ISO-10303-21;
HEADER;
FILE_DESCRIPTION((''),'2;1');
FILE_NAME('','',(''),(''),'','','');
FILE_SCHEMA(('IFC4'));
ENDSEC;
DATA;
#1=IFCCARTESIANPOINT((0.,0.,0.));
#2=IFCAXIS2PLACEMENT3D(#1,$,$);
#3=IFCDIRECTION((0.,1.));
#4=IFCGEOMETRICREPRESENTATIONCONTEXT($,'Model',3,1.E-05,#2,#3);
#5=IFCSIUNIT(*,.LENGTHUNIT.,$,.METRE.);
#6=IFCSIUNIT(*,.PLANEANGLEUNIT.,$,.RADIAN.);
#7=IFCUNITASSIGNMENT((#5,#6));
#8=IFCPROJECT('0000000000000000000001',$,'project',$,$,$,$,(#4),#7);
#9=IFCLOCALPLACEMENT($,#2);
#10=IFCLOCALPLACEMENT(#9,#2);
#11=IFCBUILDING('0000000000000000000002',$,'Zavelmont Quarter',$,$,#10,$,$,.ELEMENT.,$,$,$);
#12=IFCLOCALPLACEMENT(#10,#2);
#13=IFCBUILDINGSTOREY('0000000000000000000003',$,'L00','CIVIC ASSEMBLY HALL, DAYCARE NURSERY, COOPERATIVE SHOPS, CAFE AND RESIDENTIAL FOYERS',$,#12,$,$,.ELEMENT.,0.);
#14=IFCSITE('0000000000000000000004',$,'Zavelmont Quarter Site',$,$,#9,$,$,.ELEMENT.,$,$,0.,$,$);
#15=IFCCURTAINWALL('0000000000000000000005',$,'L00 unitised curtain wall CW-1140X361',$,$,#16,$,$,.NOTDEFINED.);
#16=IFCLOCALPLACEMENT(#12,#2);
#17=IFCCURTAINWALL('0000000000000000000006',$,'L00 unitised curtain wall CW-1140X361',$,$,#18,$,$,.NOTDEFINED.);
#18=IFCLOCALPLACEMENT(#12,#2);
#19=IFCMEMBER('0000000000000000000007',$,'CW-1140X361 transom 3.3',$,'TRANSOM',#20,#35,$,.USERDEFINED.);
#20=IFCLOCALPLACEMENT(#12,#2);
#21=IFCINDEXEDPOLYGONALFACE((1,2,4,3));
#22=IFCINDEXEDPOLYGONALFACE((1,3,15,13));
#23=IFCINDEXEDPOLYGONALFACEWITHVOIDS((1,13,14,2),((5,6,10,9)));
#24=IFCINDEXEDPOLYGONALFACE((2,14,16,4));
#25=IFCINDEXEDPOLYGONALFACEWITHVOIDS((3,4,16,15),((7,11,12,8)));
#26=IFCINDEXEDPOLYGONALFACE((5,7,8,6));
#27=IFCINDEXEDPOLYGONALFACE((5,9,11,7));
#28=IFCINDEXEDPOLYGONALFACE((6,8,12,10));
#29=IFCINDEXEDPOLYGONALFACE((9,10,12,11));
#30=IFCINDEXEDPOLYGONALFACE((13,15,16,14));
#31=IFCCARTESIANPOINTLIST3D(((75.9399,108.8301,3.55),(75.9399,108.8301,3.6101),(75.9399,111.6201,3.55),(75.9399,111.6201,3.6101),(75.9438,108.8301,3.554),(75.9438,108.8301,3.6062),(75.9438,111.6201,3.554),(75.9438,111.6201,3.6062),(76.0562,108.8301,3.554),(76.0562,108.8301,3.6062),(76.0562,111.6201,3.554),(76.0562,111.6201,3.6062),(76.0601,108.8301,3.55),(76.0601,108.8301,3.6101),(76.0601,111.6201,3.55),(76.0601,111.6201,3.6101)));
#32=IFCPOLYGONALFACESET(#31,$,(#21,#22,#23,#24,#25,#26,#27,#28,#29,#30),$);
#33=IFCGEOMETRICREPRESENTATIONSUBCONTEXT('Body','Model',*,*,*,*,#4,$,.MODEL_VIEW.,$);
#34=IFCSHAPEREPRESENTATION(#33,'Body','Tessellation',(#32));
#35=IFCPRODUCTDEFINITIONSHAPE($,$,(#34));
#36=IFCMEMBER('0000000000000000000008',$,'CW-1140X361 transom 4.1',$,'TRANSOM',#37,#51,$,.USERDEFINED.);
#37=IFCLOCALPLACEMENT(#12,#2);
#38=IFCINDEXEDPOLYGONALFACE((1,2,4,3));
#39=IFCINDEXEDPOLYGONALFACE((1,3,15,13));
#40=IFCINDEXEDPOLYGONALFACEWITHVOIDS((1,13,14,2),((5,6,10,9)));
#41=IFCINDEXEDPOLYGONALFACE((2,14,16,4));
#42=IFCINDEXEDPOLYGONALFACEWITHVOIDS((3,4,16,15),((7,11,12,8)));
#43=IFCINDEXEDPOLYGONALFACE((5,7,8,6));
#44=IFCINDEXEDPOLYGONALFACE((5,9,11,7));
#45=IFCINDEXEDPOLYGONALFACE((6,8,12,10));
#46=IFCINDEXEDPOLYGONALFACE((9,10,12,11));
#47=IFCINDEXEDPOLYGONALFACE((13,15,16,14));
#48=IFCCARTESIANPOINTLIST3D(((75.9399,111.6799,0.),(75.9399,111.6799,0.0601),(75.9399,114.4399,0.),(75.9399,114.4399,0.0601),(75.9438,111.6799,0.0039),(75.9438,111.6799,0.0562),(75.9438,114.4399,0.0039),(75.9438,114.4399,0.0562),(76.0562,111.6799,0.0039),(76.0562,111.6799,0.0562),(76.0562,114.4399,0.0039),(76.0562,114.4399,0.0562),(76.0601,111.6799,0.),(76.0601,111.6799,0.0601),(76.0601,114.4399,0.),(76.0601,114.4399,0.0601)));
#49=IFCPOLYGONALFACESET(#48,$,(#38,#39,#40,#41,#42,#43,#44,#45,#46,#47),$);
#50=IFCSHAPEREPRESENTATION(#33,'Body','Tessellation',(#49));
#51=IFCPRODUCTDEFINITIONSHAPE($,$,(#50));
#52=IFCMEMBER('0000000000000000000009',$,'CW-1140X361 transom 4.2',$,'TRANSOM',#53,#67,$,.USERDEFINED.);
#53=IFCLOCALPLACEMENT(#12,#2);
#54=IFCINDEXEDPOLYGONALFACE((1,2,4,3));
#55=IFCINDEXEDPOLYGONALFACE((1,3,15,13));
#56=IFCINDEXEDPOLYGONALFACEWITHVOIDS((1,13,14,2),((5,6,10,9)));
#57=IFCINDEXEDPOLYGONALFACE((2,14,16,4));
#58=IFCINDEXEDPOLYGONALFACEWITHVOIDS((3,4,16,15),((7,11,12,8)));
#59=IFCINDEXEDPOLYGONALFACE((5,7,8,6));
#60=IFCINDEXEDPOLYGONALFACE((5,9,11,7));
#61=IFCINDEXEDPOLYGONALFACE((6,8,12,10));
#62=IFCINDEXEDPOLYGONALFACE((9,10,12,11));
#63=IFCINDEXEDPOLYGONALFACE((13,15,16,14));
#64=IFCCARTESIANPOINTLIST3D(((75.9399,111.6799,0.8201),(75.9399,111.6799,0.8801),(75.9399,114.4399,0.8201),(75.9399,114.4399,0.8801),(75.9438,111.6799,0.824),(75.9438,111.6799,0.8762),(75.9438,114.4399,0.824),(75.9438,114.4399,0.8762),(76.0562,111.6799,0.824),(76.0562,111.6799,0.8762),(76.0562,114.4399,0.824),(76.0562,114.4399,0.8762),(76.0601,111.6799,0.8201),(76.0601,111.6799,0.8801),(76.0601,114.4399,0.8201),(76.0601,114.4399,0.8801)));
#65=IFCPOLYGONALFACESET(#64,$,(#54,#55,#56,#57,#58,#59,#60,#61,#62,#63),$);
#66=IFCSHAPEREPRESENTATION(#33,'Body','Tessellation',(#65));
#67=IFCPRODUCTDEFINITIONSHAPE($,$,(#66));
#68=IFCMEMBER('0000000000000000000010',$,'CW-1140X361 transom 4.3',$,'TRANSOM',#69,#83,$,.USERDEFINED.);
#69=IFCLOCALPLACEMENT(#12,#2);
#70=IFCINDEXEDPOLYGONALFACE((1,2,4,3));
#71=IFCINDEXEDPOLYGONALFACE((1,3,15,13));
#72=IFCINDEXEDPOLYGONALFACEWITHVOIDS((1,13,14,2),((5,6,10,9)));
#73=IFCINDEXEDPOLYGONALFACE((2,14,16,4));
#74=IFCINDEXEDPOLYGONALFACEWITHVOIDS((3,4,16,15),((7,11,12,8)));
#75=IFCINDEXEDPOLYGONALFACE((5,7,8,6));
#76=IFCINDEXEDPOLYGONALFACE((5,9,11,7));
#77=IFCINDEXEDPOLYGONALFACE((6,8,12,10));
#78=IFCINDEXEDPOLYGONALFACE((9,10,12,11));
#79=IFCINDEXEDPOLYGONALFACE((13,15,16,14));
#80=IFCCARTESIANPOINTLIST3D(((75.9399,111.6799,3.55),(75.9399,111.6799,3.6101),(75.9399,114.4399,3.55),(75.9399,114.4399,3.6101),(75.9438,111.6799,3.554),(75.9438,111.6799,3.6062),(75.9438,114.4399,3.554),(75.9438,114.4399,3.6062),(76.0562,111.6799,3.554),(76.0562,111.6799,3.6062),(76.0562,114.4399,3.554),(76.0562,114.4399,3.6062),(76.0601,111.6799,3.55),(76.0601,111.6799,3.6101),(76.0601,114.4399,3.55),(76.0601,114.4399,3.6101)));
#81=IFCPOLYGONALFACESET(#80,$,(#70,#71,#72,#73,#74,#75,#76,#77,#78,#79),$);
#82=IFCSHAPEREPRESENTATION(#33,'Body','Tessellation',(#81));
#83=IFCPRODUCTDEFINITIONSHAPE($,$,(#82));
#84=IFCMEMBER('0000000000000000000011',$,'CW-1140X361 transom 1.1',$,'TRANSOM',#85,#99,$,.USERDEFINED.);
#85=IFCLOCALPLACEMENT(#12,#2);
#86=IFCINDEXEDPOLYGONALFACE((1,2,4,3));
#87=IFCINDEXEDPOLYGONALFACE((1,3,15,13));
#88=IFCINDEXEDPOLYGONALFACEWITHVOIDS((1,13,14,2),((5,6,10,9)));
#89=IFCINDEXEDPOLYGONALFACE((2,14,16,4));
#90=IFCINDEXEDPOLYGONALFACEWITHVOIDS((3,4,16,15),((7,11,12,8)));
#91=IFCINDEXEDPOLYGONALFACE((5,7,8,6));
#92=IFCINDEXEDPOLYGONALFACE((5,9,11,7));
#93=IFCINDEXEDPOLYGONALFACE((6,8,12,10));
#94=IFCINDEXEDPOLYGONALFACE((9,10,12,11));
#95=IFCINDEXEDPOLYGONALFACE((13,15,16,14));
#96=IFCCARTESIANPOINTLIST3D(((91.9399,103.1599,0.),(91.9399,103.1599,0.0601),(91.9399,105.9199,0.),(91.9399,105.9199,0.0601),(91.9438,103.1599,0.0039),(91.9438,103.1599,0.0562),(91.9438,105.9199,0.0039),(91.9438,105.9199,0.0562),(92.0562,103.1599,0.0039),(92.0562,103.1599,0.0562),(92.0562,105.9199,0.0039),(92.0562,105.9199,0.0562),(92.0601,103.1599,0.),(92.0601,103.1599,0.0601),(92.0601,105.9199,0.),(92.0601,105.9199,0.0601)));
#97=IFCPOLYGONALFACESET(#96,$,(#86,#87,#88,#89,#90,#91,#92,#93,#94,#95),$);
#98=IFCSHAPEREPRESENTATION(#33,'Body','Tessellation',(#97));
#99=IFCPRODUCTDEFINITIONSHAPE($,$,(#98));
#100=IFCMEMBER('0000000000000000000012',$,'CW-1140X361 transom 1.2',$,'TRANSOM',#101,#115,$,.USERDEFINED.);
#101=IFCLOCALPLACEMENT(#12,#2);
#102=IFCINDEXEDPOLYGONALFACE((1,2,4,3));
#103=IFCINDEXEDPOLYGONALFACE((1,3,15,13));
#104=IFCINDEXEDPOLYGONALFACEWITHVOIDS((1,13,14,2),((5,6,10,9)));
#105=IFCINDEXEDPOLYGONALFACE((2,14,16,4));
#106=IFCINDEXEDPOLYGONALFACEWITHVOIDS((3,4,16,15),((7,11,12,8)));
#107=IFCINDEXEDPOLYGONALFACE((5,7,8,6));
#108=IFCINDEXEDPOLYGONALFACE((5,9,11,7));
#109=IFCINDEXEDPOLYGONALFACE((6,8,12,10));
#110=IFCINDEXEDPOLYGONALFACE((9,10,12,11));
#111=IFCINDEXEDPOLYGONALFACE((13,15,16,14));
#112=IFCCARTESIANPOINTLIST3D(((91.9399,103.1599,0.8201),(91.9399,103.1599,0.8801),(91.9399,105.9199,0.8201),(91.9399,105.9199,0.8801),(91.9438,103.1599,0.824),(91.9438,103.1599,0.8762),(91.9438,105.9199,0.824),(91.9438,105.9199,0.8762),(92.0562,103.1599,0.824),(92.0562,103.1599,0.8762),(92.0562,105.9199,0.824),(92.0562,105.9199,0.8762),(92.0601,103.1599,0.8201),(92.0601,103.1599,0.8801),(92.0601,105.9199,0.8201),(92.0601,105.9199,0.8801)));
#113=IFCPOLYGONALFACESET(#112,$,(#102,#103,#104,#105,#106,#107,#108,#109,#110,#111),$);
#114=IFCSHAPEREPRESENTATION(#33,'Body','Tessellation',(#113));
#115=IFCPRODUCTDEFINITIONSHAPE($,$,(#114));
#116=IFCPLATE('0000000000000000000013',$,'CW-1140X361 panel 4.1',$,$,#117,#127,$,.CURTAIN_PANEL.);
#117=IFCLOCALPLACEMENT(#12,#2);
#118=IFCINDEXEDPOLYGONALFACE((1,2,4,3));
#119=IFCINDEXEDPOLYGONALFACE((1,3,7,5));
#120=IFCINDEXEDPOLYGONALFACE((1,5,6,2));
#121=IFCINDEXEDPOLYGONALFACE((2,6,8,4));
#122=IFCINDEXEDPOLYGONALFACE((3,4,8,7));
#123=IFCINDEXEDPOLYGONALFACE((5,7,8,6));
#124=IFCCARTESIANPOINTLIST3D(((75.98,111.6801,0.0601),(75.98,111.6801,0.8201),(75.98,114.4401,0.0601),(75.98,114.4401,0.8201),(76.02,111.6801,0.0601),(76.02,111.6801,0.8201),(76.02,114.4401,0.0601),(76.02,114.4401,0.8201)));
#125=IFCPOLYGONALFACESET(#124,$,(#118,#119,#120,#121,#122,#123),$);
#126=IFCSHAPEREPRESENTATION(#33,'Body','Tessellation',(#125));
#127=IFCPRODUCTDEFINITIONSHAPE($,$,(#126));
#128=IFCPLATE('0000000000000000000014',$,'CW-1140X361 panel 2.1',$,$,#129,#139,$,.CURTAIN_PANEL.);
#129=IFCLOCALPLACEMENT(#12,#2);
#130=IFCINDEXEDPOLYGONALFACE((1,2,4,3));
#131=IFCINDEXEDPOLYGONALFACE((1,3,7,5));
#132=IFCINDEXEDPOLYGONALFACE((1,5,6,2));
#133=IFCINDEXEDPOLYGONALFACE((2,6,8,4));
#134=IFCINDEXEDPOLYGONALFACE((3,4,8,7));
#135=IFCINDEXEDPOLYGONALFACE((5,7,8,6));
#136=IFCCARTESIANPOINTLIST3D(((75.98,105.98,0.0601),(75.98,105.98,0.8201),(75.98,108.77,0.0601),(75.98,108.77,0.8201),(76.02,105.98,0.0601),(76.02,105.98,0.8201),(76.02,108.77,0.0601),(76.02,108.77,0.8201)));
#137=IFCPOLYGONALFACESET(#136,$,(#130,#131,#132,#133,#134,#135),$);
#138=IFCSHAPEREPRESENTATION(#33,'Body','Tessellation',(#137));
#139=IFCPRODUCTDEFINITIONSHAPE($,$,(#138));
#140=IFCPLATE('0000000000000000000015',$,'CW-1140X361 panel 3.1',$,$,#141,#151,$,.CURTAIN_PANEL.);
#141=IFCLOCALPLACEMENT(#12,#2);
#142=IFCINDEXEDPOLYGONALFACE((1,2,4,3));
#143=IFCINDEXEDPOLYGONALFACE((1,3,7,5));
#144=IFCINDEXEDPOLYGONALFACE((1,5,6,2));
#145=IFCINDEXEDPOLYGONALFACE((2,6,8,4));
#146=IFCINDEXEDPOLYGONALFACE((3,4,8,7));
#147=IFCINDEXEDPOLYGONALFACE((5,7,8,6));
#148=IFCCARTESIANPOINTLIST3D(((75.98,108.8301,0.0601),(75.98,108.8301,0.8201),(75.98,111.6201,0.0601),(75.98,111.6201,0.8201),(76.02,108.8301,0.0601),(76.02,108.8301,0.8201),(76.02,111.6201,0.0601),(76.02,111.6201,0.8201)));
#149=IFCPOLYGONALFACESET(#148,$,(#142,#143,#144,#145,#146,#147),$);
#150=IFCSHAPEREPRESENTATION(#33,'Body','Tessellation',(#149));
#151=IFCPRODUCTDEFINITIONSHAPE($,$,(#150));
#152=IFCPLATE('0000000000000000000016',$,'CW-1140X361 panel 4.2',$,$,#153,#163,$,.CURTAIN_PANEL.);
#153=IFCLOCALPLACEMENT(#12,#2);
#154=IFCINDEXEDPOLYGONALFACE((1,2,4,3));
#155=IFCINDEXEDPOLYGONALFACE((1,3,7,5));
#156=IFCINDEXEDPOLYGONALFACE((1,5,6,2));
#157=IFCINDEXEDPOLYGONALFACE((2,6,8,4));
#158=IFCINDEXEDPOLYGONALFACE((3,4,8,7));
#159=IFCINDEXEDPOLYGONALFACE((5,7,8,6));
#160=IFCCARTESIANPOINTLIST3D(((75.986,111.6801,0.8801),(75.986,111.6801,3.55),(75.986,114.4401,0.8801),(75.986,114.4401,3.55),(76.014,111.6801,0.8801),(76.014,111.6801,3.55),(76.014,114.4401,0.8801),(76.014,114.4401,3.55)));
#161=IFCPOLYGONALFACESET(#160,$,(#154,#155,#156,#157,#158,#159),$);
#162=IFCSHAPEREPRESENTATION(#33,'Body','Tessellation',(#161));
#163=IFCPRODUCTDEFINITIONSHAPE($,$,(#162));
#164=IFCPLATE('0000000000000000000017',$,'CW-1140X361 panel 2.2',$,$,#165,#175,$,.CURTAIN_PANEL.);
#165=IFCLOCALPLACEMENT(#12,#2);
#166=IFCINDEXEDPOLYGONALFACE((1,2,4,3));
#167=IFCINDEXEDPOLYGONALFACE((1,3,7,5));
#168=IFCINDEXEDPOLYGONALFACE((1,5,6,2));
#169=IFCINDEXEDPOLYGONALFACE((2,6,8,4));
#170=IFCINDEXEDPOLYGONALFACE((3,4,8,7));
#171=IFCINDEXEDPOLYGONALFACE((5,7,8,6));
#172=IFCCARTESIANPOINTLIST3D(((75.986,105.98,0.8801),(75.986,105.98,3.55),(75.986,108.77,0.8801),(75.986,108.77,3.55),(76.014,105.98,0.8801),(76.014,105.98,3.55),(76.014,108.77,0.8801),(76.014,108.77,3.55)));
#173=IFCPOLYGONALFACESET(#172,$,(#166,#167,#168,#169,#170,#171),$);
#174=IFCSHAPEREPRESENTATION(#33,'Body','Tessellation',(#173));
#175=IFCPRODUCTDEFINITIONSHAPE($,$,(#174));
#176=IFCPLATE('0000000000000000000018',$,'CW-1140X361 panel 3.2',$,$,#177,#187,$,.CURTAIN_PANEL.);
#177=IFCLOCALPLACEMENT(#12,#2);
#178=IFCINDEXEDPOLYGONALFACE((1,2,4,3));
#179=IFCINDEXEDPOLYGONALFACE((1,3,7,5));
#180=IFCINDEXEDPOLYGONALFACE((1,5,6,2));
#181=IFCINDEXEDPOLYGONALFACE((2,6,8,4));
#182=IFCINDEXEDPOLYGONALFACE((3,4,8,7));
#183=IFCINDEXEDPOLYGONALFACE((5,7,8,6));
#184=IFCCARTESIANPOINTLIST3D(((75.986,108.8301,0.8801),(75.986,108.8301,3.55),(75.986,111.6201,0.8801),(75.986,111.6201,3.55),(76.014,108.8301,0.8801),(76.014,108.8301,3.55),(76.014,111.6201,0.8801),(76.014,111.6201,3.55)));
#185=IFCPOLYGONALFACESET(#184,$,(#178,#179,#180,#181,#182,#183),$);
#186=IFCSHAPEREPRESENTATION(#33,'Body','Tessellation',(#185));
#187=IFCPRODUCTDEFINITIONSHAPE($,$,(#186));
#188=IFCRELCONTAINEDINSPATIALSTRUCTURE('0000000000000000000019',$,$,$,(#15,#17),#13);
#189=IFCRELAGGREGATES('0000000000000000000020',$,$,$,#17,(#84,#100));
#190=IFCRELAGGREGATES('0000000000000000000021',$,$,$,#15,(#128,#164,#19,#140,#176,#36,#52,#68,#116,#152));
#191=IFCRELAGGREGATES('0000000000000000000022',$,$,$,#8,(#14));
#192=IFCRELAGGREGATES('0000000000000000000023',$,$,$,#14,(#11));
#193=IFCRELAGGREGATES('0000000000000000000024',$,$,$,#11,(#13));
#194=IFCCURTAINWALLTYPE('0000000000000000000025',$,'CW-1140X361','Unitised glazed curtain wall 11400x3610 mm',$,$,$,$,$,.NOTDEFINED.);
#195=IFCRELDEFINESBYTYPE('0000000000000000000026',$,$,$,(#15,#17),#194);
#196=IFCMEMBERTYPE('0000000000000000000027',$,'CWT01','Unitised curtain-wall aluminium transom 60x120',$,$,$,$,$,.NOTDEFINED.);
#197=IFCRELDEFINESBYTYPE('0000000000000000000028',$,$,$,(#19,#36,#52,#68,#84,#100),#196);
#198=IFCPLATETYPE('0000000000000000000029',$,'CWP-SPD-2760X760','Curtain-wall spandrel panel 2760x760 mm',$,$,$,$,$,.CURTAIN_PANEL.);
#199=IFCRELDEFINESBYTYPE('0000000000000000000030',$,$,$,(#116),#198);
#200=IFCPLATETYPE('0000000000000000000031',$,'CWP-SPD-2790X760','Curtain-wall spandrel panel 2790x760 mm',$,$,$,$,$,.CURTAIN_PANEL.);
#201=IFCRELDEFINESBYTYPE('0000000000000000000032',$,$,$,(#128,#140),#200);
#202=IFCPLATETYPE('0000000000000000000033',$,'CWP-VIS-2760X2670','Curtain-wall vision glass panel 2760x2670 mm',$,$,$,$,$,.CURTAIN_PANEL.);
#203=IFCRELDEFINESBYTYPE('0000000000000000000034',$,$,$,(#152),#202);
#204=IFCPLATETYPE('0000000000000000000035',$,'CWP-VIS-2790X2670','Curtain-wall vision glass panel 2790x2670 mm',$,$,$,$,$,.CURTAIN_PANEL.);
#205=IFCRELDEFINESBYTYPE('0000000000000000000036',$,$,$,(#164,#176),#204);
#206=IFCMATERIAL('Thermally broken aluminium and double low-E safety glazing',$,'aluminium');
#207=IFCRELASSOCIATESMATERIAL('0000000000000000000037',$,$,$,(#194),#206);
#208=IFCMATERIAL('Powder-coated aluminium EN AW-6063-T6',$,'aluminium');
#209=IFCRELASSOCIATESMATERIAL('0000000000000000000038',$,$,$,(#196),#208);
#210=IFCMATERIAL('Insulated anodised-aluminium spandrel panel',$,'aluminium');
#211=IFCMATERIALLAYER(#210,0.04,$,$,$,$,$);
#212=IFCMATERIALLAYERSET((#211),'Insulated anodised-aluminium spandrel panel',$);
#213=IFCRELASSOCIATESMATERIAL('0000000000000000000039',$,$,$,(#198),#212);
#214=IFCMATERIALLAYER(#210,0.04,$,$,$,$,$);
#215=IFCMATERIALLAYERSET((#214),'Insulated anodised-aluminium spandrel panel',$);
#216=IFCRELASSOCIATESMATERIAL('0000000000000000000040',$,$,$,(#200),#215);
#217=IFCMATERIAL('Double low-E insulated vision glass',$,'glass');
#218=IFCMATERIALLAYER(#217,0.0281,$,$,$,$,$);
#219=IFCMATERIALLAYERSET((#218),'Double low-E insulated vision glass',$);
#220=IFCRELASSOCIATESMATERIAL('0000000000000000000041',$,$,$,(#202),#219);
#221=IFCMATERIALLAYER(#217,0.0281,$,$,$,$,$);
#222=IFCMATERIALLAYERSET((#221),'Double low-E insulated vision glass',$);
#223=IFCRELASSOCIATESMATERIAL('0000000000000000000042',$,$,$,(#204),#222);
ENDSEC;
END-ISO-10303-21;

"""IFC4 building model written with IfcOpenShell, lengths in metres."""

from ifc_helpers import new_model, si_unit, direction, frame, origin, origin_2d, place, context, subcontext, project, spatial, rectangle, hollow_rectangle, extrude, material, layer, layer_set, material_profile, profile_set, type_object, element, aggregate, save


model = new_model("IFC4")

# Units and contexts
model_context = context("Model", 3, precision=1e-05, world=origin(), true_north=direction((0.0, 1.0)))
body_context = subcontext(model_context, "Body", "Model", "MODEL_VIEW")
ifc_project = project(units=[si_unit("LENGTHUNIT", "METRE"), si_unit("PLANEANGLEUNIT", "RADIAN")], contexts=[model_context])

# Site, building, storey
site_placement = place(None, origin())
site = spatial("IfcSite", under=ifc_project, at=site_placement, Name="Zavelmont Quarter Site", CompositionType="ELEMENT", RefElevation=0.0)
building_placement = place(site_placement, origin())
building = spatial("IfcBuilding", under=site, at=building_placement, Name="Zavelmont Quarter", CompositionType="ELEMENT")
storey_placement = place(building_placement, origin())
storey = spatial("IfcBuildingStorey", under=building, at=storey_placement, Name="L00", Description="CIVIC ASSEMBLY HALL, DAYCARE NURSERY, COOPERATIVE SHOPS, CAFE AND RESIDENTIAL FOYERS", CompositionType="ELEMENT", Elevation=0.0)

# Curtain wall
ifc_material_1 = material(Name="Thermally broken aluminium and double low-E safety glazing", Category="aluminium")
curtain_wall_type = type_object("IfcCurtainWallType", Name="CW-1140X361", Description="Unitised glazed curtain wall 11400x3610 mm", PredefinedType="NOTDEFINED", material=ifc_material_1)
curtain_wall_1_placement = place(storey_placement, origin())
curtain_wall_1 = element("IfcCurtainWall", 1, at=curtain_wall_1_placement, inside=storey, type_object=curtain_wall_type, Name="L00 unitised curtain wall CW-1140X361", PredefinedType="NOTDEFINED")
ifc_material_2 = material(Name="Powder-coated aluminium EN AW-6063-T6", Category="aluminium")

# Curtain wall
curtain_wall_2_placement = place(storey_placement, origin())
curtain_wall_2 = element("IfcCurtainWall", 2, at=curtain_wall_2_placement, inside=storey, type_object=curtain_wall_type, Name="L00 unitised curtain wall CW-1140X361", PredefinedType="NOTDEFINED")

# Members
ifc_material_profile_1 = material_profile(ifc_material_2, hollow_rectangle(XDim=0.1201, YDim=0.0601, WallThickness=0.0039, at=origin_2d()), Name="CWT60X120")
ifc_profile_set_1 = profile_set([ifc_material_profile_1], Name="Powder-coated aluminium EN AW-6063-T6")
member_type_1 = type_object("IfcMemberType", Name="CWT01", Description="Unitised curtain-wall aluminium transom 60x120", PredefinedType="NOTDEFINED", material=ifc_profile_set_1)
member_1_placement = place(storey_placement, frame((76.0, 108.8301, 3.5801), z_axis=(0.0, 1.0, 0.0), x_axis=(-1.0, 0.0, 0.0)))
member_1 = element("IfcMember", 3, at=member_1_placement, type_object=member_type_1, Name="CW-1140X361 transom 3.3", ObjectType="TRANSOM", PredefinedType="USERDEFINED", context=body_context, shape_type="SweptSolid", body=[
    extrude(hollow_rectangle(XDim=0.1201, YDim=0.0601, WallThickness=0.0039, at=origin_2d()), origin(), (0.0, 0.0, 1.0), 2.79),
])
member_2_placement = place(storey_placement, frame((76.0, 111.6799, 0.03), z_axis=(0.0, 1.0, 0.0), x_axis=(-1.0, 0.0, 0.0)))
member_2 = element("IfcMember", 4, at=member_2_placement, type_object=member_type_1, Name="CW-1140X361 transom 4.1", ObjectType="TRANSOM", PredefinedType="USERDEFINED", context=body_context, shape_type="SweptSolid", body=[
    extrude(hollow_rectangle(XDim=0.1201, YDim=0.0601, WallThickness=0.0039, at=origin_2d()), origin(), (0.0, 0.0, 1.0), 2.76),
])
member_3_placement = place(storey_placement, frame((76.0, 111.6799, 0.8501), z_axis=(0.0, 1.0, 0.0), x_axis=(-1.0, 0.0, 0.0)))
member_3 = element("IfcMember", 5, at=member_3_placement, type_object=member_type_1, Name="CW-1140X361 transom 4.2", ObjectType="TRANSOM", PredefinedType="USERDEFINED", context=body_context, shape_type="SweptSolid", body=[
    extrude(hollow_rectangle(XDim=0.1201, YDim=0.0601, WallThickness=0.0039, at=origin_2d()), origin(), (0.0, 0.0, 1.0), 2.76),
])
member_4_placement = place(storey_placement, frame((76.0, 111.6799, 3.5801), z_axis=(0.0, 1.0, 0.0), x_axis=(-1.0, 0.0, 0.0)))
member_4 = element("IfcMember", 6, at=member_4_placement, type_object=member_type_1, Name="CW-1140X361 transom 4.3", ObjectType="TRANSOM", PredefinedType="USERDEFINED", context=body_context, shape_type="SweptSolid", body=[
    extrude(hollow_rectangle(XDim=0.1201, YDim=0.0601, WallThickness=0.0039, at=origin_2d()), origin(), (0.0, 0.0, 1.0), 2.76),
])
member_5_placement = place(storey_placement, frame((92.0, 103.1599, 0.03), z_axis=(0.0, 1.0, 0.0), x_axis=(-1.0, 0.0, 0.0)))
member_5 = element("IfcMember", 7, at=member_5_placement, type_object=member_type_1, Name="CW-1140X361 transom 1.1", ObjectType="TRANSOM", PredefinedType="USERDEFINED", context=body_context, shape_type="SweptSolid", body=[
    extrude(hollow_rectangle(XDim=0.1201, YDim=0.0601, WallThickness=0.0039, at=origin_2d()), origin(), (0.0, 0.0, 1.0), 2.76),
])
member_6_placement = place(storey_placement, frame((92.0, 103.1599, 0.8501), z_axis=(0.0, 1.0, 0.0), x_axis=(-1.0, 0.0, 0.0)))
member_6 = element("IfcMember", 8, at=member_6_placement, type_object=member_type_1, Name="CW-1140X361 transom 1.2", ObjectType="TRANSOM", PredefinedType="USERDEFINED", context=body_context, shape_type="SweptSolid", body=[
    extrude(hollow_rectangle(XDim=0.1201, YDim=0.0601, WallThickness=0.0039, at=origin_2d()), origin(), (0.0, 0.0, 1.0), 2.76),
])
aggregate(curtain_wall_2, [member_5, member_6])

# Plates
ifc_material_3 = material(Name="Insulated anodised-aluminium spandrel panel", Category="aluminium")
ifc_layer_1 = layer(ifc_material_3, 0.04)
ifc_layer_set_1 = layer_set([ifc_layer_1], Name="Insulated anodised-aluminium spandrel panel")
plate_type_1 = type_object("IfcPlateType", Name="CWP-SPD-2760X760", Description="Curtain-wall spandrel panel 2760x760 mm", PredefinedType="CURTAIN_PANEL", material=ifc_layer_set_1)
plate_1_placement = place(storey_placement, frame((76.0, 113.0601, 0.0601), z_axis=(0.0, 0.0, 1.0), x_axis=(0.0, 1.0, 0.0)))
plate_1 = element("IfcPlate", 9, at=plate_1_placement, type_object=plate_type_1, Name="CW-1140X361 panel 4.1", PredefinedType="CURTAIN_PANEL", context=body_context, shape_type="SweptSolid", body=[
    extrude(rectangle(XDim=2.76, YDim=0.04, at=origin_2d()), origin(), (0.0, 0.0, 1.0), 0.76),
])
ifc_layer_2 = layer(ifc_material_3, 0.04)
ifc_layer_set_2 = layer_set([ifc_layer_2], Name="Insulated anodised-aluminium spandrel panel")
plate_type_2 = type_object("IfcPlateType", Name="CWP-SPD-2790X760", Description="Curtain-wall spandrel panel 2790x760 mm", PredefinedType="CURTAIN_PANEL", material=ifc_layer_set_2)
plate_2_placement = place(storey_placement, frame((76.0, 107.375, 0.0601), z_axis=(0.0, 0.0, 1.0), x_axis=(0.0, 1.0, 0.0)))
plate_2 = element("IfcPlate", 10, at=plate_2_placement, type_object=plate_type_2, Name="CW-1140X361 panel 2.1", PredefinedType="CURTAIN_PANEL", context=body_context, shape_type="SweptSolid", body=[
    extrude(rectangle(XDim=2.79, YDim=0.04, at=origin_2d()), origin(), (0.0, 0.0, 1.0), 0.76),
])
plate_3_placement = place(storey_placement, frame((76.0, 110.2251, 0.0601), z_axis=(0.0, 0.0, 1.0), x_axis=(0.0, 1.0, 0.0)))
plate_3 = element("IfcPlate", 11, at=plate_3_placement, type_object=plate_type_2, Name="CW-1140X361 panel 3.1", PredefinedType="CURTAIN_PANEL", context=body_context, shape_type="SweptSolid", body=[
    extrude(rectangle(XDim=2.79, YDim=0.04, at=origin_2d()), origin(), (0.0, 0.0, 1.0), 0.76),
])
ifc_material_4 = material(Name="Double low-E insulated vision glass", Category="glass")
ifc_layer_3 = layer(ifc_material_4, 0.0281)
ifc_layer_set_3 = layer_set([ifc_layer_3], Name="Double low-E insulated vision glass")
plate_type_3 = type_object("IfcPlateType", Name="CWP-VIS-2760X2670", Description="Curtain-wall vision glass panel 2760x2670 mm", PredefinedType="CURTAIN_PANEL", material=ifc_layer_set_3)
plate_4_placement = place(storey_placement, frame((76.0, 113.0601, 0.8801), z_axis=(0.0, 0.0, 1.0), x_axis=(0.0, 1.0, 0.0)))
plate_4 = element("IfcPlate", 12, at=plate_4_placement, type_object=plate_type_3, Name="CW-1140X361 panel 4.2", PredefinedType="CURTAIN_PANEL", context=body_context, shape_type="SweptSolid", body=[
    extrude(rectangle(XDim=2.76, YDim=0.0281, at=origin_2d()), origin(), (0.0, 0.0, 1.0), 2.6699),
])
ifc_layer_4 = layer(ifc_material_4, 0.0281)
ifc_layer_set_4 = layer_set([ifc_layer_4], Name="Double low-E insulated vision glass")
plate_type_4 = type_object("IfcPlateType", Name="CWP-VIS-2790X2670", Description="Curtain-wall vision glass panel 2790x2670 mm", PredefinedType="CURTAIN_PANEL", material=ifc_layer_set_4)
plate_5_placement = place(storey_placement, frame((76.0, 107.375, 0.8801), z_axis=(0.0, 0.0, 1.0), x_axis=(0.0, 1.0, 0.0)))
plate_5 = element("IfcPlate", 13, at=plate_5_placement, type_object=plate_type_4, Name="CW-1140X361 panel 2.2", PredefinedType="CURTAIN_PANEL", context=body_context, shape_type="SweptSolid", body=[
    extrude(rectangle(XDim=2.79, YDim=0.0281, at=origin_2d()), origin(), (0.0, 0.0, 1.0), 2.6699),
])
plate_6_placement = place(storey_placement, frame((76.0, 110.2251, 0.8801), z_axis=(0.0, 0.0, 1.0), x_axis=(0.0, 1.0, 0.0)))
plate_6 = element("IfcPlate", 14, at=plate_6_placement, type_object=plate_type_4, Name="CW-1140X361 panel 3.2", PredefinedType="CURTAIN_PANEL", context=body_context, shape_type="SweptSolid", body=[
    extrude(rectangle(XDim=2.79, YDim=0.0281, at=origin_2d()), origin(), (0.0, 0.0, 1.0), 2.6699),
])
aggregate(curtain_wall_1, [plate_2, plate_5, member_1, plate_3, plate_6, member_2, member_3, member_4, plate_1, plate_4])

save(model, "model.ifc")
